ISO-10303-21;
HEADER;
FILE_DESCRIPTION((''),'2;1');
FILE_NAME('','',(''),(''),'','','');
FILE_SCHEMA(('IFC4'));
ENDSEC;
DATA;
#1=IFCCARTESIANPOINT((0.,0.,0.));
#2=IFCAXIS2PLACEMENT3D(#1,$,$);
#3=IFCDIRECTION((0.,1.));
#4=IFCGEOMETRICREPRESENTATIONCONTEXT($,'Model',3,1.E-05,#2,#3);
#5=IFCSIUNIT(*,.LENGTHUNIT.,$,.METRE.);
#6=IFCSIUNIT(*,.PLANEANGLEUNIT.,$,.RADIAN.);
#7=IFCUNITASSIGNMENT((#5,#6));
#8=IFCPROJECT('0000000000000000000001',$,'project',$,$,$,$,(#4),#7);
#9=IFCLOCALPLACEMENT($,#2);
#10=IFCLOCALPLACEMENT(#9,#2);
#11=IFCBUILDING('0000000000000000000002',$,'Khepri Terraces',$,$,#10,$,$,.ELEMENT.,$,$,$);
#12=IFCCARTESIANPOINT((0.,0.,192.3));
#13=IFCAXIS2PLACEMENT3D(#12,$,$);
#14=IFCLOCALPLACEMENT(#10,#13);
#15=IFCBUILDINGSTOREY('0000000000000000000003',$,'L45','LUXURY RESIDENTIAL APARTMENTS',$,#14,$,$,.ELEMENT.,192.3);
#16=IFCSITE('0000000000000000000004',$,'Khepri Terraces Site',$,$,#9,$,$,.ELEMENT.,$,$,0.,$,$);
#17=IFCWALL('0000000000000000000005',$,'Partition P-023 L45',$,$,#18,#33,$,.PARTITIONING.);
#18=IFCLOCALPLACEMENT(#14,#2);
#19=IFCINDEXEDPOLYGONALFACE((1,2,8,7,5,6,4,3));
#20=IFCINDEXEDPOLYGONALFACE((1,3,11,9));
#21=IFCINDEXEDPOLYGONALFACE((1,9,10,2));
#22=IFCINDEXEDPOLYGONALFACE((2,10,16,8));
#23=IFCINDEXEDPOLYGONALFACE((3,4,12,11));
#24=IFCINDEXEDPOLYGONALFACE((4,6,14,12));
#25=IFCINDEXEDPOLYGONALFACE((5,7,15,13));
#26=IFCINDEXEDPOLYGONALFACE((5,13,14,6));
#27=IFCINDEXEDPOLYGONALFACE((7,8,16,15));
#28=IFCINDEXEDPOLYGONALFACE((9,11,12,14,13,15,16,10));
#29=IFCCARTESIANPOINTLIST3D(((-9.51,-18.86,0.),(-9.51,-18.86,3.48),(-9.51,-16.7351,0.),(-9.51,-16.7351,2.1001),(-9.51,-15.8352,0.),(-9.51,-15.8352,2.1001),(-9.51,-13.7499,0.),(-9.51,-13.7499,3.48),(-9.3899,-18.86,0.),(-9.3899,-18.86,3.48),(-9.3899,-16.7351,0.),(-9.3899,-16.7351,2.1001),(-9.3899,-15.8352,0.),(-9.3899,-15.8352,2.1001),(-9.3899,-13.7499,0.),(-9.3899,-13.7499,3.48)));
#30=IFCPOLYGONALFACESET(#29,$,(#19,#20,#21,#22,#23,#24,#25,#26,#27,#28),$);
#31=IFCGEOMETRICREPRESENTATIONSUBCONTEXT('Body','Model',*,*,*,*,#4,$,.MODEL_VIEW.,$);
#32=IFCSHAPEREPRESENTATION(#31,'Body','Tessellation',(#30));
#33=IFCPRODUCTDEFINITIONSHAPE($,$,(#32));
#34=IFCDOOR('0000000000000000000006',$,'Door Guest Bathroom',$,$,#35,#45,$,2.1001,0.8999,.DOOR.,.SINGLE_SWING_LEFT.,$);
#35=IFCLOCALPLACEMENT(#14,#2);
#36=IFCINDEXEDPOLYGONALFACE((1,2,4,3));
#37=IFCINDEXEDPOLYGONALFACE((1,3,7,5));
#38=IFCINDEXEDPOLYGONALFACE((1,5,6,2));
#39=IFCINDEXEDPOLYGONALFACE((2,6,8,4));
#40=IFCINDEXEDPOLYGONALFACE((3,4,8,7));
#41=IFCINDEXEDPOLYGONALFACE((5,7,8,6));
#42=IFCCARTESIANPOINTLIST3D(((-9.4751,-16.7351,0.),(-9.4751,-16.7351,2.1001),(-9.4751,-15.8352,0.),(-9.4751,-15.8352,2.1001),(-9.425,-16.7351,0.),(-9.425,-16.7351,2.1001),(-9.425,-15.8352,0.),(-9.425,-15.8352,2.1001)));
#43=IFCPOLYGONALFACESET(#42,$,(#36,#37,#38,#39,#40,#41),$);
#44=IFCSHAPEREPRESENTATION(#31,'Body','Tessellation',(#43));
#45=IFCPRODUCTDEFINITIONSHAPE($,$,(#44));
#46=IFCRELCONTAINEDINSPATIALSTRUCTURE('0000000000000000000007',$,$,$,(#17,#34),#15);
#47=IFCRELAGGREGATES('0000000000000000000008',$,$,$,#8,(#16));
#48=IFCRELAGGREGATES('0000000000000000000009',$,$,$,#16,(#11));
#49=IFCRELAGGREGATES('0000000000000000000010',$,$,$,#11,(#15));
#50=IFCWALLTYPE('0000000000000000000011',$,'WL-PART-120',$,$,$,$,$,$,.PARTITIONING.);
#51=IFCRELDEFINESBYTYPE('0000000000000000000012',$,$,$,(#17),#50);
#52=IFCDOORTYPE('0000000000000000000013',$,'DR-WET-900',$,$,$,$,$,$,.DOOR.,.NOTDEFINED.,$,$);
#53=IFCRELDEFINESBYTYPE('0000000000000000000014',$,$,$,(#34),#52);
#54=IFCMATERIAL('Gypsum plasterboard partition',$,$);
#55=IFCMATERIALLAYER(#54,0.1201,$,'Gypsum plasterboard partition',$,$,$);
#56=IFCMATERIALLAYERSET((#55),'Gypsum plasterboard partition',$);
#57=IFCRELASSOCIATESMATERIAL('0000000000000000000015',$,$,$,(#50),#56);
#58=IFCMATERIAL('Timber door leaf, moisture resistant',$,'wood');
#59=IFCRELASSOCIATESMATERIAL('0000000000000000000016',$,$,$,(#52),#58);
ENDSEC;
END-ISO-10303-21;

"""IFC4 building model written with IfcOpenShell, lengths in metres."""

from ifc_helpers import new_model, si_unit, direction, frame, frame_2d, origin, place, context, subcontext, project, spatial, rectangle, extrude, material, layer, layer_set, type_object, element, fill, save


model = new_model("IFC4")

# Units and contexts
model_context = context("Model", 3, precision=1e-05, world=origin(), true_north=direction((0.0, 1.0)))
body_context = subcontext(model_context, "Body", "Model", "MODEL_VIEW")
ifc_project = project(units=[si_unit("LENGTHUNIT", "METRE"), si_unit("PLANEANGLEUNIT", "RADIAN")], contexts=[model_context])

# Site, building, storey
site_placement = place(None, origin())
site = spatial("IfcSite", under=ifc_project, at=site_placement, Name="Khepri Terraces Site", CompositionType="ELEMENT", RefElevation=0.0)
building_placement = place(site_placement, origin())
building = spatial("IfcBuilding", under=site, at=building_placement, Name="Khepri Terraces", CompositionType="ELEMENT")
storey_placement = place(building_placement, frame((0.0, 0.0, 192.3)))
storey = spatial("IfcBuildingStorey", under=building, at=storey_placement, Name="L45", Description="LUXURY RESIDENTIAL APARTMENTS", CompositionType="ELEMENT", Elevation=192.3)

# Shared definitions
ifc_material_1 = material(Name="Gypsum plasterboard partition")
ifc_layer_1 = layer(ifc_material_1, 0.1201, Name="Gypsum plasterboard partition")
ifc_layer_set_1 = layer_set([ifc_layer_1], Name="Gypsum plasterboard partition")
wall_type_1 = type_object("IfcWallType", Name="WL-PART-120", PredefinedType="PARTITIONING", material=ifc_layer_set_1)

# Wall, opening, door
wall_1_placement = place(storey_placement, frame((-9.45, -18.8601, 0.0), z_axis=(0.0, 0.0, 1.0), x_axis=(0.0, 1.0, 0.0)))
wall_1 = element("IfcWall", 1, at=wall_1_placement, inside=storey, type_object=wall_type_1, Name="Partition P-023 L45", PredefinedType="PARTITIONING", context=body_context, shape_type="SweptSolid", body=[
    extrude(rectangle(XDim=5.1101, YDim=0.1201, at=frame_2d((2.5552, 0.0))), origin(), (0.0, 0.0, 1.0), 3.48),
])
opening_1_placement = place(wall_1_placement, frame((2.125, 0.0, 0.0)))
opening_1 = element("IfcOpeningElement", 2, at=opening_1_placement, cuts=wall_1, PredefinedType="OPENING", context=body_context, shape_type="SweptSolid", body=[
    extrude(rectangle(XDim=0.8999, YDim=2.1001, at=frame_2d((0.45, 1.05))), frame((0.0, 0.0701, 0.0), z_axis=(0.0, -1.0, 0.0), x_axis=(1.0, 0.0, 0.0)), (0.0, 0.0, 1.0), 0.1401),
])
ifc_material_2 = material(Name="Timber door leaf, moisture resistant", Category="wood")
door_type_1 = type_object("IfcDoorType", Name="DR-WET-900", OperationType="NOTDEFINED", PredefinedType="DOOR", material=ifc_material_2)
door_1_placement = place(opening_1_placement, frame((0.8999, 0.0, 0.0), z_axis=(0.0, 0.0, 1.0), x_axis=(-1.0, 0.0, 0.0)))
door_1 = element("IfcDoor", 3, at=door_1_placement, inside=storey, type_object=door_type_1, Name="Door Guest Bathroom", OperationType="SINGLE_SWING_LEFT", OverallHeight=2.1001, OverallWidth=0.8999, PredefinedType="DOOR", context=body_context, shape_type="SweptSolid", body=[
    extrude(rectangle(XDim=0.8999, YDim=2.1001, at=frame_2d((0.45, 1.05))), frame((0.0, 0.0249, 0.0), z_axis=(0.0, -1.0, 0.0), x_axis=(1.0, 0.0, 0.0)), (0.0, 0.0, 1.0), 0.05),
])
fill(opening_1, door_1)

save(model, "model.ifc")
